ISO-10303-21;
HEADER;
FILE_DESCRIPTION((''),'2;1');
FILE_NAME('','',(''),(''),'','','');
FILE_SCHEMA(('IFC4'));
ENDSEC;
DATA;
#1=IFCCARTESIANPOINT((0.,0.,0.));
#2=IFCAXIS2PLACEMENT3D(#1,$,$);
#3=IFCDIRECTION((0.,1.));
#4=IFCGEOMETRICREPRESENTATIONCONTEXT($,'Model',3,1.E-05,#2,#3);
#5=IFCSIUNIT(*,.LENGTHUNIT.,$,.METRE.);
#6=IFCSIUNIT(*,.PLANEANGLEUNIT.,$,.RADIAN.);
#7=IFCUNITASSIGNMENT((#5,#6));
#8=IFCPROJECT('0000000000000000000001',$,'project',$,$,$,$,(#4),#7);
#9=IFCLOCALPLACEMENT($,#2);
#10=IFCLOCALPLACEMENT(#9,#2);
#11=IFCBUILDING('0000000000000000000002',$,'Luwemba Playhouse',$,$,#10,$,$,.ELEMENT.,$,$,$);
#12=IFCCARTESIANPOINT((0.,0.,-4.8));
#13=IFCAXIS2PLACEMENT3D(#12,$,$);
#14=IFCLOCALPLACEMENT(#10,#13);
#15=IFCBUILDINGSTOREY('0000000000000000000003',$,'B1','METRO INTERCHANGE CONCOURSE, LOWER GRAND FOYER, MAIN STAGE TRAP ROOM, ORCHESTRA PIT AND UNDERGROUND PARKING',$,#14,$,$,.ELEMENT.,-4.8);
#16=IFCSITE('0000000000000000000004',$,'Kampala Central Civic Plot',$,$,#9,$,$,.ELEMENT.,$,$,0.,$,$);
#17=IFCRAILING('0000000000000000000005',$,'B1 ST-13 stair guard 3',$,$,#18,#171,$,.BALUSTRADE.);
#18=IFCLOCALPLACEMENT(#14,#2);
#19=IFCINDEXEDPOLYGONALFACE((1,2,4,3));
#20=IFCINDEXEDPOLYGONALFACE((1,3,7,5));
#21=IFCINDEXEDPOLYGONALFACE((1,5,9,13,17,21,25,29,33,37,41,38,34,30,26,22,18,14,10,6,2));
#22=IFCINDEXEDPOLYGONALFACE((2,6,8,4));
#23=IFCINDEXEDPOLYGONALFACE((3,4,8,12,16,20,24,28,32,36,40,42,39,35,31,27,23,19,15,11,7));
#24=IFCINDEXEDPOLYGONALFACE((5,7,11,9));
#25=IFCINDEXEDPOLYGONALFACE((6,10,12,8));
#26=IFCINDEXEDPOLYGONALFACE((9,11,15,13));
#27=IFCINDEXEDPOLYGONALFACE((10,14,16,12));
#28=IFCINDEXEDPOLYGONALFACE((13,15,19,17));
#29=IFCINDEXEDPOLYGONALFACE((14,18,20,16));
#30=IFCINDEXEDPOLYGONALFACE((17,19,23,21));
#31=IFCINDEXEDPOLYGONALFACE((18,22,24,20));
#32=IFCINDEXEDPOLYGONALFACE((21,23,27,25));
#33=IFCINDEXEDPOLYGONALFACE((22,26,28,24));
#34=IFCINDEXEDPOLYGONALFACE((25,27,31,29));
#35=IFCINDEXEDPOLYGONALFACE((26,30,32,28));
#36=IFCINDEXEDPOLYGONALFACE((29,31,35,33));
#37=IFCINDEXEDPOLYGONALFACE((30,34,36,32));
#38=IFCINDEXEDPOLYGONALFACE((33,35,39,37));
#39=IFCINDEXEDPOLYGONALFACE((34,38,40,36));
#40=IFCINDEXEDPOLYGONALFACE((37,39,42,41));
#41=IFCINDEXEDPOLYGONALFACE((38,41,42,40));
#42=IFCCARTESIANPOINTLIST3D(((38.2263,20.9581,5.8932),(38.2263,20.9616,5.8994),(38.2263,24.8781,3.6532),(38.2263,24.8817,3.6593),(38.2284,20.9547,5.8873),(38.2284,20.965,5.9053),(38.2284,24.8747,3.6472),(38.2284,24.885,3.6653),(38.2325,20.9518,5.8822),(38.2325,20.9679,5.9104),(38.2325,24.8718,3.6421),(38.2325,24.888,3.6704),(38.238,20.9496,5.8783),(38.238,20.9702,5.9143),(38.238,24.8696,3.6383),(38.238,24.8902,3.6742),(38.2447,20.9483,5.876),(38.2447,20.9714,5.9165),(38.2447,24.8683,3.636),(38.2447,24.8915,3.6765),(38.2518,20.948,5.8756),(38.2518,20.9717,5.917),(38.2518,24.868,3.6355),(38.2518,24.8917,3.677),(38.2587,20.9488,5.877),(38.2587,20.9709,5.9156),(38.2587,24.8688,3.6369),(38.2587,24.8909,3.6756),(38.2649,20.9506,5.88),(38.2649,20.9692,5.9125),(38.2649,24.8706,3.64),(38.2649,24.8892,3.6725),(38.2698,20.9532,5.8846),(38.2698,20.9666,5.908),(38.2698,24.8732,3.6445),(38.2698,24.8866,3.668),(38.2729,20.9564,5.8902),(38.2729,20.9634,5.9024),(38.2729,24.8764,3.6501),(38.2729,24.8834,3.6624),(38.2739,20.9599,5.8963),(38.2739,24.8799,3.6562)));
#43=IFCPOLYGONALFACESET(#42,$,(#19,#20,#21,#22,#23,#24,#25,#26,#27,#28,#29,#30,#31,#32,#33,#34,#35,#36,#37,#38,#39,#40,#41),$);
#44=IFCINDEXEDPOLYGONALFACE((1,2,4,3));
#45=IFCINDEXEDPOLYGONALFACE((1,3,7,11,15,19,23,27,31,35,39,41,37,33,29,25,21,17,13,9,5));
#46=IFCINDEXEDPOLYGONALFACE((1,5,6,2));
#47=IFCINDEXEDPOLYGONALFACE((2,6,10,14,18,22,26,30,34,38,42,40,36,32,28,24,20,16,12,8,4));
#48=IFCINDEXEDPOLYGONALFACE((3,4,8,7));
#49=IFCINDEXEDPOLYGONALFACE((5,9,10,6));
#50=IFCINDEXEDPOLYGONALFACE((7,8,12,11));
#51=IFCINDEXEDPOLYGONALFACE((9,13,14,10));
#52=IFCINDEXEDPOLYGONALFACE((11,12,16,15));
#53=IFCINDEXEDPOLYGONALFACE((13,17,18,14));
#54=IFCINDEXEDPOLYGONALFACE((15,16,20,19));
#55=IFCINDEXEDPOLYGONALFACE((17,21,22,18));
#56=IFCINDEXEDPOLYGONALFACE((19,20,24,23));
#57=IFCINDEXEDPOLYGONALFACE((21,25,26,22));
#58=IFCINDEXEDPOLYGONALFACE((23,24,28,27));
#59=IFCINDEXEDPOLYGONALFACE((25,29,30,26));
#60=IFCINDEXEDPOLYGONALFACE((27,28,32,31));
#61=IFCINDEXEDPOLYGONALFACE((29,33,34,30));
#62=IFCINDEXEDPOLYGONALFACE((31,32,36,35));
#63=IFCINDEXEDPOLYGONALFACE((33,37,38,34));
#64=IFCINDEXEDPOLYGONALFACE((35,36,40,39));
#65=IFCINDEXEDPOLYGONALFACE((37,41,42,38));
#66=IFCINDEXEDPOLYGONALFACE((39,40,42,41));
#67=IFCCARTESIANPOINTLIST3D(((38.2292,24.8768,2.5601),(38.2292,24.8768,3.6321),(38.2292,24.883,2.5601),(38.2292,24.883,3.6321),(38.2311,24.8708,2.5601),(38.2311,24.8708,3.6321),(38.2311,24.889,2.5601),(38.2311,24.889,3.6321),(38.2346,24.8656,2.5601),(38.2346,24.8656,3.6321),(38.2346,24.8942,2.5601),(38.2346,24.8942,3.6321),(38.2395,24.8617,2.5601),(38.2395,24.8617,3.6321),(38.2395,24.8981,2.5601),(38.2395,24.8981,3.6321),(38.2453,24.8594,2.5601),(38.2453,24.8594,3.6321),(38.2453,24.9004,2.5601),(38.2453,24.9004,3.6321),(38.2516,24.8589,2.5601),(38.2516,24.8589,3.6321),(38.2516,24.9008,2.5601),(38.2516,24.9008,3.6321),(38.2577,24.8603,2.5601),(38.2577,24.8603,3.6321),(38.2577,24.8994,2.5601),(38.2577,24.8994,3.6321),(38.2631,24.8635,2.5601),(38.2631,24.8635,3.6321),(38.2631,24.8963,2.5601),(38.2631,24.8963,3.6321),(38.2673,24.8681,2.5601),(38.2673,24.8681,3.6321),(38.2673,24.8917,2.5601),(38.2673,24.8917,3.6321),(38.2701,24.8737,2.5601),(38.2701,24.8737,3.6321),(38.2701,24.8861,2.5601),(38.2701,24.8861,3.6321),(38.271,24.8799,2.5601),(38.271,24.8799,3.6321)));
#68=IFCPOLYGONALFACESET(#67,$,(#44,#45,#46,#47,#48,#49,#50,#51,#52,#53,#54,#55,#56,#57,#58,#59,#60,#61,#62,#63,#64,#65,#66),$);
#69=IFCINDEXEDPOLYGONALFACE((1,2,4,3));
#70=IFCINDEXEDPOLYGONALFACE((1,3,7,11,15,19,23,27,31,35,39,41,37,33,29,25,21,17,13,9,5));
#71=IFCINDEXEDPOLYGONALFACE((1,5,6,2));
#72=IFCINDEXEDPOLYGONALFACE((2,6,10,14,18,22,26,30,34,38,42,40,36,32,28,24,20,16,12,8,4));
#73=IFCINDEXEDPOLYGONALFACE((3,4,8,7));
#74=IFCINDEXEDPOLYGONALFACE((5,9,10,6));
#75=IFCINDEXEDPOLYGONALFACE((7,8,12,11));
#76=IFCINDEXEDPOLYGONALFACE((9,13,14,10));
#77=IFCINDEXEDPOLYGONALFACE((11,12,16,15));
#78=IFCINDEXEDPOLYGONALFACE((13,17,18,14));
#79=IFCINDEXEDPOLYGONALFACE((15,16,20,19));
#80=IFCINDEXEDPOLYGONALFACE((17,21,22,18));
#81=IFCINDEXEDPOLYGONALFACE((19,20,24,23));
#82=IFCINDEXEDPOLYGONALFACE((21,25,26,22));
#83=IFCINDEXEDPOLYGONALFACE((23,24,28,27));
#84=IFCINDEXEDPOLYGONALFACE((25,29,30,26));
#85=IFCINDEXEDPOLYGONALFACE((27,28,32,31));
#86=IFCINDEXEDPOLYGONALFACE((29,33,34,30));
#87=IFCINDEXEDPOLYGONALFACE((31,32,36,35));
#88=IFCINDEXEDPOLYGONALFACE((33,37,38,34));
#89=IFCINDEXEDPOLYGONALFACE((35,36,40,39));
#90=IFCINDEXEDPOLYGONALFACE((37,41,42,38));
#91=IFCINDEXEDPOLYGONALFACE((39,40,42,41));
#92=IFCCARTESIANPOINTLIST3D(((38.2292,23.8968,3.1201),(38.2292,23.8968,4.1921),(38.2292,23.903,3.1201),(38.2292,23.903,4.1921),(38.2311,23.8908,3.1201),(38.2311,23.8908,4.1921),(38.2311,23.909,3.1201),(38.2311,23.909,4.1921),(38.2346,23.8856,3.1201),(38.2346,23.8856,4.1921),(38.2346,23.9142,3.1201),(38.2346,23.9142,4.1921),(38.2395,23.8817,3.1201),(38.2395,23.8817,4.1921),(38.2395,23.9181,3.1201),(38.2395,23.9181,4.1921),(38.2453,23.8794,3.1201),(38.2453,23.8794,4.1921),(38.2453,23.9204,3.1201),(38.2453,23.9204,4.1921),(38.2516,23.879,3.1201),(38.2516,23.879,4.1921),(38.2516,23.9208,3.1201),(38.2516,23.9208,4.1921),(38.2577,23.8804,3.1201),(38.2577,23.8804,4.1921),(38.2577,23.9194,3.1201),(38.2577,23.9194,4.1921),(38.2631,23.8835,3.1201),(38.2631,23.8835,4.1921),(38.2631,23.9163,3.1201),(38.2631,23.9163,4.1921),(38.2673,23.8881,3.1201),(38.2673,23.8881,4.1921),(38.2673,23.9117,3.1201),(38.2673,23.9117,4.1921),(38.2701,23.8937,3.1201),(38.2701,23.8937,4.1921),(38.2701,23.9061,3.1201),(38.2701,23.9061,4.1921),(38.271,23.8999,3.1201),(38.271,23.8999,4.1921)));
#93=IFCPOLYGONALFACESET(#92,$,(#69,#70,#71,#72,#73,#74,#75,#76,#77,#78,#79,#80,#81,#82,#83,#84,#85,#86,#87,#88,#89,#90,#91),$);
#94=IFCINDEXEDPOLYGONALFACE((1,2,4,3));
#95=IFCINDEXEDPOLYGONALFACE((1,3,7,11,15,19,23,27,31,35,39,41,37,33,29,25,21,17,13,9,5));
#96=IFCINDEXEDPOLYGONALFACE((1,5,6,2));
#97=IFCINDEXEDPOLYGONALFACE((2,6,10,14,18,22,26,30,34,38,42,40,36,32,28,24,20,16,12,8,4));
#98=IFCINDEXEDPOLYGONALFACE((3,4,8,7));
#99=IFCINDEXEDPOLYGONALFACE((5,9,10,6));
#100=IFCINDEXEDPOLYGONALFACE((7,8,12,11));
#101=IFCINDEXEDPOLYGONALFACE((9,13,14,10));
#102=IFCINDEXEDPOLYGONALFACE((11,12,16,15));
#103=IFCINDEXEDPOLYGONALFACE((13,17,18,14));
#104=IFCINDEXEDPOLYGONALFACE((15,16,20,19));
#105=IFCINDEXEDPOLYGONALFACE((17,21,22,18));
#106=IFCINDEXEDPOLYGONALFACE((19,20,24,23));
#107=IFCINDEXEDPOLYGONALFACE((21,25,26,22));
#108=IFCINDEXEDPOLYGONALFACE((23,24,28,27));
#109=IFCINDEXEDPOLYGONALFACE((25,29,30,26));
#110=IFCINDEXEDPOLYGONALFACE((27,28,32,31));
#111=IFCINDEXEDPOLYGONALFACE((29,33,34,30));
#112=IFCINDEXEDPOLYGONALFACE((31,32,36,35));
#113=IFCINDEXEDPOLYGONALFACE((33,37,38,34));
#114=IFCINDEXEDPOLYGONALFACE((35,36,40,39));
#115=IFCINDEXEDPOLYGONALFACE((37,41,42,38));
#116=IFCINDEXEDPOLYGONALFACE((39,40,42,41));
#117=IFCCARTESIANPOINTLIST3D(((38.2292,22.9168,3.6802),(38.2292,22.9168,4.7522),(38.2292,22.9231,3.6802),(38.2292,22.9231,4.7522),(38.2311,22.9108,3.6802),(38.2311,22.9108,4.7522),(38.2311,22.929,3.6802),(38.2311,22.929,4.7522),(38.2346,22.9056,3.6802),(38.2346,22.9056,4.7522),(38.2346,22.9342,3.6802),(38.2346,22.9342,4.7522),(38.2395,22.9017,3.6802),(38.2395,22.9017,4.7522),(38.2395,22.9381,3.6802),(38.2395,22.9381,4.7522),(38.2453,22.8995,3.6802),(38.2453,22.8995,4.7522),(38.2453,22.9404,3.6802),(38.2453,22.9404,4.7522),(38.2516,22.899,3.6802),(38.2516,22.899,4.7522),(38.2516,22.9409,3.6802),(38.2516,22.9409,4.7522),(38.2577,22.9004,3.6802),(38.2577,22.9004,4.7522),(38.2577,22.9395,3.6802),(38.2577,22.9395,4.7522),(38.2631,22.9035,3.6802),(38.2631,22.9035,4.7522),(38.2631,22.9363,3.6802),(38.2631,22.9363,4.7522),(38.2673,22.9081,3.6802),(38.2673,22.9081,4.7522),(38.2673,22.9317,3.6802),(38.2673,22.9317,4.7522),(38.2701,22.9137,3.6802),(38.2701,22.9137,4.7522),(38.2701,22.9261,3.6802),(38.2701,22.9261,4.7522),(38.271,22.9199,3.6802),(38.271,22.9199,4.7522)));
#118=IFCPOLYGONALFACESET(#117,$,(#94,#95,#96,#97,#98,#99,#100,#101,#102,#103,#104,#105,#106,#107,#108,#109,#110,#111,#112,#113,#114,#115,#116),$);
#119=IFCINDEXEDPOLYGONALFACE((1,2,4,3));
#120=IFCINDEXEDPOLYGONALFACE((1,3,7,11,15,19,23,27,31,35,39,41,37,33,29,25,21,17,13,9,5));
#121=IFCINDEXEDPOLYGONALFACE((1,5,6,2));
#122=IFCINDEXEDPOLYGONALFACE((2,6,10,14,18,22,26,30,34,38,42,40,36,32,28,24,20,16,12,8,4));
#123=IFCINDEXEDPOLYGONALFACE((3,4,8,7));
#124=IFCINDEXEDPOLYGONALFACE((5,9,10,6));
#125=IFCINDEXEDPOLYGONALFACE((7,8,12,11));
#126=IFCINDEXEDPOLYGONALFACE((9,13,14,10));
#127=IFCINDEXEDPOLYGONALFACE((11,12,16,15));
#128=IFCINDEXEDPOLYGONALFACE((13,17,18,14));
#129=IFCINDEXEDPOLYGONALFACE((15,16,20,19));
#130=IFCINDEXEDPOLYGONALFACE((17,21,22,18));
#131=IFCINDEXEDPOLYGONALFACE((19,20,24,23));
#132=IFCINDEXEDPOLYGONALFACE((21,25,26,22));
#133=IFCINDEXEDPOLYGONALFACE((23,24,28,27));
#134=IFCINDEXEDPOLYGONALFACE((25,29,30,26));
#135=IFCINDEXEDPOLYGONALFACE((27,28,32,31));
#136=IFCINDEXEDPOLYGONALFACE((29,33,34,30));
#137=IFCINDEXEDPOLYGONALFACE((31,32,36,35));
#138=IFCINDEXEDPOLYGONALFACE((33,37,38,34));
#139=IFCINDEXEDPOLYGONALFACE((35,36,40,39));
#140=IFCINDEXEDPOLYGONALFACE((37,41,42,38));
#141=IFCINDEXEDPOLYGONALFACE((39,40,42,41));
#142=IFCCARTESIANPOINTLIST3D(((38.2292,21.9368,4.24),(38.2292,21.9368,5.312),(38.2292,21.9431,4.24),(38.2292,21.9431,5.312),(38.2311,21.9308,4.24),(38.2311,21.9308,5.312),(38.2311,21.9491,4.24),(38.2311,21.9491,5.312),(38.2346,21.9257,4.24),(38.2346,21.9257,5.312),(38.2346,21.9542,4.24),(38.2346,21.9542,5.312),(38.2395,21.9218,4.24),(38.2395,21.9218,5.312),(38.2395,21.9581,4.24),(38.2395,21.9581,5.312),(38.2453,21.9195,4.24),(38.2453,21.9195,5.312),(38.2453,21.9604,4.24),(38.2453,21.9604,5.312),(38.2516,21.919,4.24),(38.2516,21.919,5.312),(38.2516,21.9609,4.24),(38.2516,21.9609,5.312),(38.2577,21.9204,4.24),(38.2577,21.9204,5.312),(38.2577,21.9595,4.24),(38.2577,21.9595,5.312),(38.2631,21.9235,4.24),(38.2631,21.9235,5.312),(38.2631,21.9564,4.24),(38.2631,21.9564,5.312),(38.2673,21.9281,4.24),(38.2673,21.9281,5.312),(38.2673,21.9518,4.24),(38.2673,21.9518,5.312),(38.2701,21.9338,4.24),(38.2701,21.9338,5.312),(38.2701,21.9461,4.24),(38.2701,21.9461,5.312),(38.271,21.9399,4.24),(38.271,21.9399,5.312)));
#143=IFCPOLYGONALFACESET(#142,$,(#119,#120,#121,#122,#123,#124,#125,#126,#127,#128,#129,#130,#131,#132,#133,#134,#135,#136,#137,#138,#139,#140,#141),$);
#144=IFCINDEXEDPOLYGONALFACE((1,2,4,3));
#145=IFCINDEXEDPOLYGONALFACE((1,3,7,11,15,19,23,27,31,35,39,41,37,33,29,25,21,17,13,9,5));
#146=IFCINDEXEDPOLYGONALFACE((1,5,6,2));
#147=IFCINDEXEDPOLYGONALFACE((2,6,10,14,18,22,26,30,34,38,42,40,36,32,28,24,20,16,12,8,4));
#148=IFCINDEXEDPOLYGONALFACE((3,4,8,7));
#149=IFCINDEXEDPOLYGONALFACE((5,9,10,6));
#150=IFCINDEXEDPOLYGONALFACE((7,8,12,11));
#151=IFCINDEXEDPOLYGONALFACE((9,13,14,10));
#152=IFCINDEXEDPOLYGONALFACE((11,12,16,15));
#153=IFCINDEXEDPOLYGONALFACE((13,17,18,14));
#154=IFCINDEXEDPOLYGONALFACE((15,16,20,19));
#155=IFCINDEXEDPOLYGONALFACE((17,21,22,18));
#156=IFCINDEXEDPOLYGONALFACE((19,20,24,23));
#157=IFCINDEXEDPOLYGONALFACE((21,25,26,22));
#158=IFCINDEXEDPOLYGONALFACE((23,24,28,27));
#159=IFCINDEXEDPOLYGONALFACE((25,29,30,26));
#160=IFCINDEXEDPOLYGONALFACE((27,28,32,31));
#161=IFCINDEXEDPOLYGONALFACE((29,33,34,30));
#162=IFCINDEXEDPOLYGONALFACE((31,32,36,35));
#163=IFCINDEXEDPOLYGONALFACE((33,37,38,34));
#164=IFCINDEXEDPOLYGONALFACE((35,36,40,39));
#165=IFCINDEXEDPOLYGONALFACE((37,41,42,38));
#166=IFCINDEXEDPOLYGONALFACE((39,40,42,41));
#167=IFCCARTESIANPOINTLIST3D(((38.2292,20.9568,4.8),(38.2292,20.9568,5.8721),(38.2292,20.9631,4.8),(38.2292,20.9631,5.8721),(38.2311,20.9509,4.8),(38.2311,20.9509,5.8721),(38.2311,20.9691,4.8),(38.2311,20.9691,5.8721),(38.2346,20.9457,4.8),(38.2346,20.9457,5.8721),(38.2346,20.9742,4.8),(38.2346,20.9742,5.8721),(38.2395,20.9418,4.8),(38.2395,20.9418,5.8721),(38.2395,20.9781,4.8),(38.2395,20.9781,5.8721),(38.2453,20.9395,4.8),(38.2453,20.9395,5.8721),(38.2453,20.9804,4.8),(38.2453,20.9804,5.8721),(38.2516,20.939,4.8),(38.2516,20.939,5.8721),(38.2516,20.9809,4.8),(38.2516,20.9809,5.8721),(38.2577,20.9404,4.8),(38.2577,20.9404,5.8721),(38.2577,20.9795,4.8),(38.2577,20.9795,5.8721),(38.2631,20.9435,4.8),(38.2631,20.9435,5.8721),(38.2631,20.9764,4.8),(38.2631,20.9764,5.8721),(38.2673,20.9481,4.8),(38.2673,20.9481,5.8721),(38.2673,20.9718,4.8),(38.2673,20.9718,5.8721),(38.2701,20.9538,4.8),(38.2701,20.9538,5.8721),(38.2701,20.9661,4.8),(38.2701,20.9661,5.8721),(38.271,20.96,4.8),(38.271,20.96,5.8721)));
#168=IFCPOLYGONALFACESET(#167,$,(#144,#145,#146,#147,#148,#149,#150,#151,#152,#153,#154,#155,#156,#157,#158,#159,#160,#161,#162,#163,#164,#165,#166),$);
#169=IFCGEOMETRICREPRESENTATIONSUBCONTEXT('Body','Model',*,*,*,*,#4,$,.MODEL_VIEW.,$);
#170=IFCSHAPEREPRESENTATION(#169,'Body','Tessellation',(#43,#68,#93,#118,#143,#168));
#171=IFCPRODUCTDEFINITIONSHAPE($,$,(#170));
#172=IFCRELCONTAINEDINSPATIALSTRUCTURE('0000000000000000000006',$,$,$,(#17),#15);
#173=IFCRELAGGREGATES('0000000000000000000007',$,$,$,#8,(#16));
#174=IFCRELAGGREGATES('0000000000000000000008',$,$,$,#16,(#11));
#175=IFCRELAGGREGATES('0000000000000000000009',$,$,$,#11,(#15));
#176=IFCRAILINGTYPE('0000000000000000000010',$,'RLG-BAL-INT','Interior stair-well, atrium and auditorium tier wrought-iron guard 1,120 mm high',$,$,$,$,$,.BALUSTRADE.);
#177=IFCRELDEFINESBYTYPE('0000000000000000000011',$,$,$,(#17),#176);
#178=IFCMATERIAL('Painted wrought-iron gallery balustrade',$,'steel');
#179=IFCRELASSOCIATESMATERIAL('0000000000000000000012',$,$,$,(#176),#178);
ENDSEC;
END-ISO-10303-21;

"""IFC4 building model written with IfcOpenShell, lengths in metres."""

from ifc_helpers import new_model, si_unit, direction, frame, origin, origin_2d, place, context, subcontext, project, spatial, circle, extrude, material, type_object, element, save


model = new_model("IFC4")

# Units and contexts
model_context = context("Model", 3, precision=1e-05, world=origin(), true_north=direction((0.0, 1.0)))
body_context = subcontext(model_context, "Body", "Model", "MODEL_VIEW")
ifc_project = project(units=[si_unit("LENGTHUNIT", "METRE"), si_unit("PLANEANGLEUNIT", "RADIAN")], contexts=[model_context])

# Site, building, storey
site_placement = place(None, origin())
site = spatial("IfcSite", under=ifc_project, at=site_placement, Name="Kampala Central Civic Plot", CompositionType="ELEMENT", RefElevation=0.0)
building_placement = place(site_placement, origin())
building = spatial("IfcBuilding", under=site, at=building_placement, Name="Luwemba Playhouse", CompositionType="ELEMENT")
storey_placement = place(building_placement, frame((0.0, 0.0, -4.8)))
storey = spatial("IfcBuildingStorey", under=building, at=storey_placement, Name="B1", Description="METRO INTERCHANGE CONCOURSE, LOWER GRAND FOYER, MAIN STAGE TRAP ROOM, ORCHESTRA PIT AND UNDERGROUND PARKING", CompositionType="ELEMENT", Elevation=-4.8)

# Railing
ifc_material_1 = material(Name="Painted wrought-iron gallery balustrade", Category="steel")
railing_type_1 = type_object("IfcRailingType", Name="RLG-BAL-INT", Description="Interior stair-well, atrium and auditorium tier wrought-iron guard 1,120 mm high", PredefinedType="BALUSTRADE", material=ifc_material_1)
railing_1_placement = place(storey_placement, frame((38.25, 24.8799, 2.5601)))
element("IfcRailing", 1, at=railing_1_placement, inside=storey, type_object=railing_type_1, Name="B1 ST-13 stair guard 3", PredefinedType="BALUSTRADE", context=body_context, shape_type="SweptSolid", body=[
    extrude(circle(Radius=0.0239, at=origin_2d()), frame((0.0, 0.0, 1.0962), z_axis=(0.0, -0.86824, 0.496145), x_axis=(1.0, 0.0, 0.0)), (0.0, 0.0, 1.0), 4.5149),
    extrude(circle(Radius=0.021, at=origin_2d()), origin(), (0.0, 0.0, 1.0), 1.072),
    extrude(circle(Radius=0.021, at=origin_2d()), frame((0.0, -0.98, 0.5601)), (0.0, 0.0, 1.0), 1.072),
    extrude(circle(Radius=0.021, at=origin_2d()), frame((0.0, -1.96, 1.1201)), (0.0, 0.0, 1.0), 1.072),
    extrude(circle(Radius=0.021, at=origin_2d()), frame((0.0, -2.9399, 1.6799)), (0.0, 0.0, 1.0), 1.072),
    extrude(circle(Radius=0.021, at=origin_2d()), frame((0.0, -3.9199, 2.24)), (0.0, 0.0, 1.0), 1.072),
])

save(model, "model.ifc")
